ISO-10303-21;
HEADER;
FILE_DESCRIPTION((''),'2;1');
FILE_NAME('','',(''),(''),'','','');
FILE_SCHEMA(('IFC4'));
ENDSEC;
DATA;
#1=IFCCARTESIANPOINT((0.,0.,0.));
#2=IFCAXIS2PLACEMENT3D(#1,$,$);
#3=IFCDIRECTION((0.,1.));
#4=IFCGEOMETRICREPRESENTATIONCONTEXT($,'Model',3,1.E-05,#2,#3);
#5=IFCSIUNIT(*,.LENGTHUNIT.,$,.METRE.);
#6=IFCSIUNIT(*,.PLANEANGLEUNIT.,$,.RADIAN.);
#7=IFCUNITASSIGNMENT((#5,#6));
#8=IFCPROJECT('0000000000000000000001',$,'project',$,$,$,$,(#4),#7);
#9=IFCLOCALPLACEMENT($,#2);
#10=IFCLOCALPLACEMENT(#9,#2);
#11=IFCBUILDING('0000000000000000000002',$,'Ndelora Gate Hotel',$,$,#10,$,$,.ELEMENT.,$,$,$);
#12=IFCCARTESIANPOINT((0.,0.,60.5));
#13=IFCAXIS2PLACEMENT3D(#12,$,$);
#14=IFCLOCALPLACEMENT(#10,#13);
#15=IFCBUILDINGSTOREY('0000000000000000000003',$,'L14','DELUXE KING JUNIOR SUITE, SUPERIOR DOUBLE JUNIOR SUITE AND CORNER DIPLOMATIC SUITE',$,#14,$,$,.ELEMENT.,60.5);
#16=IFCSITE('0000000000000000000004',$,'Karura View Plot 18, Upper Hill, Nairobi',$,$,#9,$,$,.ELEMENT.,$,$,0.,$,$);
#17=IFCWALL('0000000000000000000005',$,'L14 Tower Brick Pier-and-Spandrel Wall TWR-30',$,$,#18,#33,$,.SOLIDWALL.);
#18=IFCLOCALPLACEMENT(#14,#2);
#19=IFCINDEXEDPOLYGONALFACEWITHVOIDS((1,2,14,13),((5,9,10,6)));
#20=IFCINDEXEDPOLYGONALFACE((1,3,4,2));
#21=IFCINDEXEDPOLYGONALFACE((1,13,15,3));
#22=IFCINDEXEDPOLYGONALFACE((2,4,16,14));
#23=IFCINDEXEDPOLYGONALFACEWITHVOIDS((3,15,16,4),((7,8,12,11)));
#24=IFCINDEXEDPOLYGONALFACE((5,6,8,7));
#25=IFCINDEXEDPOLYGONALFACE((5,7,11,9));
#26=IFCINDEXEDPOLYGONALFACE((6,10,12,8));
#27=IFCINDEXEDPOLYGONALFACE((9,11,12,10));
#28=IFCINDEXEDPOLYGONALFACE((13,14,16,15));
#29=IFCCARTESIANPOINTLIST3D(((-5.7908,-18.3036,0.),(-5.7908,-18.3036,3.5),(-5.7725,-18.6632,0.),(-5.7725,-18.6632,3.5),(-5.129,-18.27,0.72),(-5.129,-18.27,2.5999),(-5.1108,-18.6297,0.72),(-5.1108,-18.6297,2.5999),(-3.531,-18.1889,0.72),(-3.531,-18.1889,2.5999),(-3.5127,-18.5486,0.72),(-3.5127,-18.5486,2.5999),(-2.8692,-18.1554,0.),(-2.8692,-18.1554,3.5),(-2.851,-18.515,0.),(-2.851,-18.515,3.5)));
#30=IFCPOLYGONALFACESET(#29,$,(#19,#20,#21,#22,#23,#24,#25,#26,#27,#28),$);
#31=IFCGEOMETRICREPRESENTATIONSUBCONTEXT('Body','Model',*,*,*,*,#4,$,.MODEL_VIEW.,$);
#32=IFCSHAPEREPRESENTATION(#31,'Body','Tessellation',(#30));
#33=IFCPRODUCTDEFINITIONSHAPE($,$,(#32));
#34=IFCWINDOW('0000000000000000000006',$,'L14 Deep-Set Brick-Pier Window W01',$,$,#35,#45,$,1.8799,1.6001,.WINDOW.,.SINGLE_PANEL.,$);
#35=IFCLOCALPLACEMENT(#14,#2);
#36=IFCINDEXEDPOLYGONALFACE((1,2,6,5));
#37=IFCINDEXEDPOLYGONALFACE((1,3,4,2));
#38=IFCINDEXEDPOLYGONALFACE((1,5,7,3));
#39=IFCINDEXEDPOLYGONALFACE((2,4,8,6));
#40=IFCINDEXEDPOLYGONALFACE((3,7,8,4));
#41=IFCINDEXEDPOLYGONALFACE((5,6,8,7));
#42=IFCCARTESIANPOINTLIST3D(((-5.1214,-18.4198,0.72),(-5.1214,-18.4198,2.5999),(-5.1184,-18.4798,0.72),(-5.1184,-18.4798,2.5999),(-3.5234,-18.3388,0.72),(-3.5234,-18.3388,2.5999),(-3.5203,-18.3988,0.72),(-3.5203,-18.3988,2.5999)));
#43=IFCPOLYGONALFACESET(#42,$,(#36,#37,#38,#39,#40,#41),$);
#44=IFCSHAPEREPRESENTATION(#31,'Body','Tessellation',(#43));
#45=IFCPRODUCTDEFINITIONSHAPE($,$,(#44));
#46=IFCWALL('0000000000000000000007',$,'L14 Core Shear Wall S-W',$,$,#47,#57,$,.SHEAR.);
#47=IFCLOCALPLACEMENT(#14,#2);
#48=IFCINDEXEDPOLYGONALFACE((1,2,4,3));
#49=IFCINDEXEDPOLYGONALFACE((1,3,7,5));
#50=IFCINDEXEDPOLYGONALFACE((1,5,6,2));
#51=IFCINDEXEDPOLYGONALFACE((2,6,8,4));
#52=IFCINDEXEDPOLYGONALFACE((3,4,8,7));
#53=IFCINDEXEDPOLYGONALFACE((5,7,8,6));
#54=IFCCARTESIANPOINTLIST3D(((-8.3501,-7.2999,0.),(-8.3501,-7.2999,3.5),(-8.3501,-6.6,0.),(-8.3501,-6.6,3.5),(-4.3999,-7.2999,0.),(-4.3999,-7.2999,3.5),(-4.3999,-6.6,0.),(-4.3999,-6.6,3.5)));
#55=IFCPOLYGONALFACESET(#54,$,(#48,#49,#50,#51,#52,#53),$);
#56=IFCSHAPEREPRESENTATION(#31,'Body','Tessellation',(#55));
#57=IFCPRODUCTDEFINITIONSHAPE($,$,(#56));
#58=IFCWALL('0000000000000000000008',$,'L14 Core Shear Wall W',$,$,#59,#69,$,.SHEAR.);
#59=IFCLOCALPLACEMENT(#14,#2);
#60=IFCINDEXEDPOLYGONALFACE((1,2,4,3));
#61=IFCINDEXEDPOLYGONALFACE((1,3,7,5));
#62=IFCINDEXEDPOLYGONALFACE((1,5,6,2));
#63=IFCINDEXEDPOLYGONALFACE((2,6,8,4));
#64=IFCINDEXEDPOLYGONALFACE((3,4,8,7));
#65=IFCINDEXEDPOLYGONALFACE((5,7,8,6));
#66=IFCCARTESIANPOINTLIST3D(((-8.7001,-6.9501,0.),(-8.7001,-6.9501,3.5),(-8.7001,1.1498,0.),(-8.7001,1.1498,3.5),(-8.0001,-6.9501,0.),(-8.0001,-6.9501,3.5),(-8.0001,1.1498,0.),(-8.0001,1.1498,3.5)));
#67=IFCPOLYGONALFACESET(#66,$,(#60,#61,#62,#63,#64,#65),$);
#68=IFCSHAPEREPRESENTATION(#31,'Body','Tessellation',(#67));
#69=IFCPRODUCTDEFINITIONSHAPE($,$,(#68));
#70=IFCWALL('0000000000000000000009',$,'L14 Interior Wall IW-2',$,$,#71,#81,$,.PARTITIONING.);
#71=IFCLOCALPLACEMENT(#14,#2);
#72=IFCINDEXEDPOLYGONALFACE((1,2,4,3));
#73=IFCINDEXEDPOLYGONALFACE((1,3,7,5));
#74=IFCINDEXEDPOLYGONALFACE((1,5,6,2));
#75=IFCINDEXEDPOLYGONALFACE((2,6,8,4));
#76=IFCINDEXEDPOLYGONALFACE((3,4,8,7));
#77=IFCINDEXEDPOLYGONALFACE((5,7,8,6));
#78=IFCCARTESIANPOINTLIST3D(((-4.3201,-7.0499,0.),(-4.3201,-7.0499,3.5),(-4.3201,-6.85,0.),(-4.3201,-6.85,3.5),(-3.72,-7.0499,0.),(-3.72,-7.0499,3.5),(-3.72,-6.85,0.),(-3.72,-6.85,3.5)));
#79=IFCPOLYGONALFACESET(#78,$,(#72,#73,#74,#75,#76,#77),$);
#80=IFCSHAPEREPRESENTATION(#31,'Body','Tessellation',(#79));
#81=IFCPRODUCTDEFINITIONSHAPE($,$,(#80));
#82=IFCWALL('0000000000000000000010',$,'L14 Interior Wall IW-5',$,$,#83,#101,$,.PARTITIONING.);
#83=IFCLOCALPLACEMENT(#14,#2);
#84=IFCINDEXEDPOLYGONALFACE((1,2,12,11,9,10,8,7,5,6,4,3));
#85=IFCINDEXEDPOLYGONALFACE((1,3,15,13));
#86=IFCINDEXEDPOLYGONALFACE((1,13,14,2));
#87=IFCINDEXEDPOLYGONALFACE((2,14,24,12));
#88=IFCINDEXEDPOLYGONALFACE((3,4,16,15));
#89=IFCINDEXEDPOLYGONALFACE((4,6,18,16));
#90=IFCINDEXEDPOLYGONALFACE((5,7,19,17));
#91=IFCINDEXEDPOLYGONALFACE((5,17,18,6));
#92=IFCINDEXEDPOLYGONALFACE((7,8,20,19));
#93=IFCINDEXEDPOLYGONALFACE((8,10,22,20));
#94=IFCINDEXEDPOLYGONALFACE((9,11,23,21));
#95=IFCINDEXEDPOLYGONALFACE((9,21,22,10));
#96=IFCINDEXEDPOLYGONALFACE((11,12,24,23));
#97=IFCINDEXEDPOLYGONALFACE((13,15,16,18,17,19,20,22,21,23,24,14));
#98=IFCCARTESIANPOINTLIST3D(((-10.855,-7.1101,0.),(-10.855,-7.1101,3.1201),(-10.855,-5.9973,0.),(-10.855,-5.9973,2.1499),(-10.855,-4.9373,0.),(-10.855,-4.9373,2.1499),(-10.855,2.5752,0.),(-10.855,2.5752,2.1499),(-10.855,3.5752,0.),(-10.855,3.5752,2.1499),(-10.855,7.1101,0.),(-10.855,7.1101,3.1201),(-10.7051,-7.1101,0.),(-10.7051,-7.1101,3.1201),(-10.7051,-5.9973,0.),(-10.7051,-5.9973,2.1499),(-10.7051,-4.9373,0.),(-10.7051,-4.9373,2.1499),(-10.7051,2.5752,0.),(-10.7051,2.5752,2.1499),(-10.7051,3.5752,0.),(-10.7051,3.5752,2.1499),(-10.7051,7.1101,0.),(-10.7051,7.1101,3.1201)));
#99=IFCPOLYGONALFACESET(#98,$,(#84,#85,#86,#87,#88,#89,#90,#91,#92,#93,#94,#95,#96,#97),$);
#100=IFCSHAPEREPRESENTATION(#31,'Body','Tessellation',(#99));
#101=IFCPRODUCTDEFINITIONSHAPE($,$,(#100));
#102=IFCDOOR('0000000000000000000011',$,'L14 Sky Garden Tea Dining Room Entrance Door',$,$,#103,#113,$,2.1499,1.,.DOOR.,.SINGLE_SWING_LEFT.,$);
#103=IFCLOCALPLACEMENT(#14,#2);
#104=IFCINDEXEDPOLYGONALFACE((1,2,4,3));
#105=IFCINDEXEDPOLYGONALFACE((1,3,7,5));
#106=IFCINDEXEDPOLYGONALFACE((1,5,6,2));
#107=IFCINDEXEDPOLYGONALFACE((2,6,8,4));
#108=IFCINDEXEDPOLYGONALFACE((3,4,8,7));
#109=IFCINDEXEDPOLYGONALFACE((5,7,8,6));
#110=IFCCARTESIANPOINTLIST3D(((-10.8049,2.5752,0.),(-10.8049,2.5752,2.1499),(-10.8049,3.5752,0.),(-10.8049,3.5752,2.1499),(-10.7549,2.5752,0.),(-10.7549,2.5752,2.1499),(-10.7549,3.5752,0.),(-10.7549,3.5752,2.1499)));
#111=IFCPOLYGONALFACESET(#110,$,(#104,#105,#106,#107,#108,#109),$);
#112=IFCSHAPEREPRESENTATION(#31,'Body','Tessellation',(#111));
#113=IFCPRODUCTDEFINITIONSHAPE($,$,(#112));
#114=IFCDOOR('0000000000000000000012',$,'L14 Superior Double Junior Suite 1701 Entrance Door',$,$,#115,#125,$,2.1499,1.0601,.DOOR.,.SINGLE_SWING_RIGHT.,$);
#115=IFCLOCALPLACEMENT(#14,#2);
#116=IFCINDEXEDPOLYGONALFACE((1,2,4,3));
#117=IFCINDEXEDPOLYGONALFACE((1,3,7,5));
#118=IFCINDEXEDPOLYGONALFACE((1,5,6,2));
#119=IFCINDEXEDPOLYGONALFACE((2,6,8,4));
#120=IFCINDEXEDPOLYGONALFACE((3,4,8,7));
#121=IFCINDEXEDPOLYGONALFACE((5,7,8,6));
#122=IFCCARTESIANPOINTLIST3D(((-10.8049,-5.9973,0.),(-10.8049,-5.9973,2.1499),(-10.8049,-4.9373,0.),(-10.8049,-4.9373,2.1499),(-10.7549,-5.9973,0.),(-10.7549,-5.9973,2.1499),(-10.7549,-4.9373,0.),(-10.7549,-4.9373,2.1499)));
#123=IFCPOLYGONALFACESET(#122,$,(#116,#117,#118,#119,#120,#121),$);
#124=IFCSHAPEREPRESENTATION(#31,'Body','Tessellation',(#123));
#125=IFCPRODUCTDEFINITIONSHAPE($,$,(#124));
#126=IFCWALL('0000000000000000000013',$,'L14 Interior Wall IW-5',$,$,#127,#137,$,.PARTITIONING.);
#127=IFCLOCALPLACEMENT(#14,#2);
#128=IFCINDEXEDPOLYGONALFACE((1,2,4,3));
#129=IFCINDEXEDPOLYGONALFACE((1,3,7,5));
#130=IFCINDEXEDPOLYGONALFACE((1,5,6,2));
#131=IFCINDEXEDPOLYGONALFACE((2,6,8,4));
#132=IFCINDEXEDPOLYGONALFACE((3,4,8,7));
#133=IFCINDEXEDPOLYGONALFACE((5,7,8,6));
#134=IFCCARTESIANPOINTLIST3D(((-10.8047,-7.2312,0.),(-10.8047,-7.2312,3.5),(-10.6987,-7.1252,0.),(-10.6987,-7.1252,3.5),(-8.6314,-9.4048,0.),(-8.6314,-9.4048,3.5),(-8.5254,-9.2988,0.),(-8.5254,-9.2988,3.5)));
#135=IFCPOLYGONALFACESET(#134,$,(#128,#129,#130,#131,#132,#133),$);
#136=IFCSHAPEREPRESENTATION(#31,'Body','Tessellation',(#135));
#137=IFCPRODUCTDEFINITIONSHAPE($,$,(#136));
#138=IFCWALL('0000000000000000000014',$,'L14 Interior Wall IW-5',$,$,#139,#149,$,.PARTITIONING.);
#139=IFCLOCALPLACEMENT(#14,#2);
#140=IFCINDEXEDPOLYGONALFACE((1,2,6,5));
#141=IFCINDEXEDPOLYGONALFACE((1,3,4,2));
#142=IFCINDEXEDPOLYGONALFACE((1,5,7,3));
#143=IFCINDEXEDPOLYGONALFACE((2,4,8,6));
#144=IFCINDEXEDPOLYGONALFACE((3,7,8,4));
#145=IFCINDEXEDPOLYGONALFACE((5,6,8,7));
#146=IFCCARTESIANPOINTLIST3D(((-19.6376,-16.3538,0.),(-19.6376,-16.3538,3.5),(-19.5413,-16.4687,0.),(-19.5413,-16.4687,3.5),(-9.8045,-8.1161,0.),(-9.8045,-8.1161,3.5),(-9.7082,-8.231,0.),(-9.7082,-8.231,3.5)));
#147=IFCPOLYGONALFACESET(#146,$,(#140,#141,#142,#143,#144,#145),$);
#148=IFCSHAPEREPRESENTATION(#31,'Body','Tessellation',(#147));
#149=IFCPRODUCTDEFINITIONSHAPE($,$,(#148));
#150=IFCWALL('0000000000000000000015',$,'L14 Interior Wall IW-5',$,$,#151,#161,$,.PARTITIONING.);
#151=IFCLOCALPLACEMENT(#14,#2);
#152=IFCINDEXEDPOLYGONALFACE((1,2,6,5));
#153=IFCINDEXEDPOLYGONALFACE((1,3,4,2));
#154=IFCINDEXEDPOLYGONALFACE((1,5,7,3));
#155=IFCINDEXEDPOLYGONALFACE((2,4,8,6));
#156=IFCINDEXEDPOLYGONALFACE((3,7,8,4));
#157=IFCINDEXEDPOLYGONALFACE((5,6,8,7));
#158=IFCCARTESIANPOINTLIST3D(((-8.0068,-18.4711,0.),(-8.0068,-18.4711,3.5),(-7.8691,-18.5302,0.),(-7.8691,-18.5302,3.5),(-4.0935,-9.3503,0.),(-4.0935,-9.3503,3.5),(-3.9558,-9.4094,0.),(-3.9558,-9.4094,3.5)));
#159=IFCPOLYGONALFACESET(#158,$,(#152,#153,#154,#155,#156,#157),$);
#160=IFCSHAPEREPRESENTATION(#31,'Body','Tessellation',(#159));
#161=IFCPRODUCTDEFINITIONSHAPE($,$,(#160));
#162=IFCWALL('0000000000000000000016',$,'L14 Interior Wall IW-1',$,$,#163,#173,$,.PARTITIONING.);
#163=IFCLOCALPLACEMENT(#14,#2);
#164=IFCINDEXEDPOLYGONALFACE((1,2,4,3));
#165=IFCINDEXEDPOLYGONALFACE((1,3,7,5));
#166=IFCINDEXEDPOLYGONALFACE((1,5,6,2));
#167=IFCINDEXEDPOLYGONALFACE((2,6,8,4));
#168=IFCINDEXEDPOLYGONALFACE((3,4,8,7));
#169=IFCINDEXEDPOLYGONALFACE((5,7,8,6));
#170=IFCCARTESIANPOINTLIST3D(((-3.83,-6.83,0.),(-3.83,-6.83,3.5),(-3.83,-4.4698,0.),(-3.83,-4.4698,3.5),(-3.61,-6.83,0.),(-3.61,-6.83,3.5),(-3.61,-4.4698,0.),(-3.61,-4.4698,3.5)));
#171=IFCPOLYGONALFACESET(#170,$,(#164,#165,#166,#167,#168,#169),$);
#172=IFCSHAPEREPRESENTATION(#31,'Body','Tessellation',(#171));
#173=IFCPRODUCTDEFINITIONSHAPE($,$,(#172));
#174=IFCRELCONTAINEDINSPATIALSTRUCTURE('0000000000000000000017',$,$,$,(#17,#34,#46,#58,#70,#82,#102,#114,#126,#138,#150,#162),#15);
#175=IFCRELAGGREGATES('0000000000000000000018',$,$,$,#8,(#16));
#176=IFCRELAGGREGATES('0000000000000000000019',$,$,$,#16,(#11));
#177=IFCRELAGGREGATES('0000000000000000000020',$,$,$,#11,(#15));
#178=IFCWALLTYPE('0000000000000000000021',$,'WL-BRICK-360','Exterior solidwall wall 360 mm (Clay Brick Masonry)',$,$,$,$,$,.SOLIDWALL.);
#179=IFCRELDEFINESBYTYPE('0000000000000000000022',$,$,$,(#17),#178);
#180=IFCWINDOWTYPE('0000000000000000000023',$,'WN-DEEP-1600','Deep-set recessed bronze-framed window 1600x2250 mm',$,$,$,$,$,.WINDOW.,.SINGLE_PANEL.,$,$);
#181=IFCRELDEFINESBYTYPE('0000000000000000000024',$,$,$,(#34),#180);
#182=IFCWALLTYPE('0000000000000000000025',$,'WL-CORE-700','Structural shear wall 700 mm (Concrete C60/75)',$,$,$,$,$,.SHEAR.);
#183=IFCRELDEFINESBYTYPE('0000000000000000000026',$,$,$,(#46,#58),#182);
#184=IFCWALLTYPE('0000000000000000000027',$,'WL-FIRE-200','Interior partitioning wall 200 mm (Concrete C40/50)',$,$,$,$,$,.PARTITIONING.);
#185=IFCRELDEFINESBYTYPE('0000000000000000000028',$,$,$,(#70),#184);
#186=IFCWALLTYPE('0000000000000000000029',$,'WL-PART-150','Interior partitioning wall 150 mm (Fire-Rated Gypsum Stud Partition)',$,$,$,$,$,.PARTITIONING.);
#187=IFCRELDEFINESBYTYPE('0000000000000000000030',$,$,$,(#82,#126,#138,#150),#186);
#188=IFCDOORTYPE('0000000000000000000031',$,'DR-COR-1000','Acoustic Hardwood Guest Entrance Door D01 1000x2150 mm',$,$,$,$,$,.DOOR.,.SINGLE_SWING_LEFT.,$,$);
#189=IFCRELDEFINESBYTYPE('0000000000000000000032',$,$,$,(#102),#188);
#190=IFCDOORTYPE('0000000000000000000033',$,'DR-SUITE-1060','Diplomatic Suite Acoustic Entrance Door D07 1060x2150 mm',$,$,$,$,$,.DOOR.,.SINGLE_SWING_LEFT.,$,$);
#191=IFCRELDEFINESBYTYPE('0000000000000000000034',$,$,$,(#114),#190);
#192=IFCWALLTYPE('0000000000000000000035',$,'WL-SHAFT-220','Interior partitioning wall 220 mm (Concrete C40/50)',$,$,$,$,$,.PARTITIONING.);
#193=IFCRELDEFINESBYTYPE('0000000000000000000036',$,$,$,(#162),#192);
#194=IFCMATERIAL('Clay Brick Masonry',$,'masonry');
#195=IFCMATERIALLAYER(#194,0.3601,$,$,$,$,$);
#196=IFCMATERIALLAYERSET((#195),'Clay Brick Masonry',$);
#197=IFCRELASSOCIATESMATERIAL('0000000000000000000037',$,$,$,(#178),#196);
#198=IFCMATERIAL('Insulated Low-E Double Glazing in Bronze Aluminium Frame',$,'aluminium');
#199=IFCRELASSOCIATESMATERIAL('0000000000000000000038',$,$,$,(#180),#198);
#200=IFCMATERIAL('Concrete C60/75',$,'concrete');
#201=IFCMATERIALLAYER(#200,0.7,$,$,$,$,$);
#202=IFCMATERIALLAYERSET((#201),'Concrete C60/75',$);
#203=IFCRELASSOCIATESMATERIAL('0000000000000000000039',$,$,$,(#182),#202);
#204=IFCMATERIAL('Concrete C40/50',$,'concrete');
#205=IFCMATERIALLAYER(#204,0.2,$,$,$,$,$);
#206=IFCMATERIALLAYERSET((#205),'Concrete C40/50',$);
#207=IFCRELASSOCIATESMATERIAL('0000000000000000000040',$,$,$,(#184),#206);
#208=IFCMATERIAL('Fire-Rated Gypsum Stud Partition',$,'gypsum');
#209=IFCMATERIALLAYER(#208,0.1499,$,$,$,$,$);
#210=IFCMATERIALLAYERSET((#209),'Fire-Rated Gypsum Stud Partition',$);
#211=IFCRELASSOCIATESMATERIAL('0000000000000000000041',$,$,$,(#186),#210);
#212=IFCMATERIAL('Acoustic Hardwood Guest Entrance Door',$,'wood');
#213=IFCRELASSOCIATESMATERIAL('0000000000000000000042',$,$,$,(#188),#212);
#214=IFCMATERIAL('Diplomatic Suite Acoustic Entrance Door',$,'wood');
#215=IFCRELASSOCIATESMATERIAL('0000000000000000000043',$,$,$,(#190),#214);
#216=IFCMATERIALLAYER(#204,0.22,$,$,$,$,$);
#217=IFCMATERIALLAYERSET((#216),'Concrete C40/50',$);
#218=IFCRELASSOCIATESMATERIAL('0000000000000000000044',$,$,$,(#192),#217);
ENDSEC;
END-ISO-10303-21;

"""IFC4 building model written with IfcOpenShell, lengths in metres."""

from ifc_helpers import new_model, si_unit, direction, frame, frame_2d, origin, place, context, subcontext, project, spatial, rectangle, extrude, material, layer, layer_set, type_object, element, fill, save


model = new_model("IFC4")

# Units and contexts
model_context = context("Model", 3, precision=1e-05, world=origin(), true_north=direction((0.0, 1.0)))
body_context = subcontext(model_context, "Body", "Model", "MODEL_VIEW")
ifc_project = project(units=[si_unit("LENGTHUNIT", "METRE"), si_unit("PLANEANGLEUNIT", "RADIAN")], contexts=[model_context])

# Site, building, storey
site_placement = place(None, origin())
site = spatial("IfcSite", under=ifc_project, at=site_placement, Name="Karura View Plot 18, Upper Hill, Nairobi", CompositionType="ELEMENT", RefElevation=0.0)
building_placement = place(site_placement, origin())
building = spatial("IfcBuilding", under=site, at=building_placement, Name="Ndelora Gate Hotel", CompositionType="ELEMENT")
storey_placement = place(building_placement, frame((0.0, 0.0, 60.5)))
storey = spatial("IfcBuildingStorey", under=building, at=storey_placement, Name="L14", Description="DELUXE KING JUNIOR SUITE, SUPERIOR DOUBLE JUNIOR SUITE AND CORNER DIPLOMATIC SUITE", CompositionType="ELEMENT", Elevation=60.5)

# Shared definitions
ifc_material_1 = material(Name="Concrete C60/75", Category="concrete")

# Wall, opening, window
ifc_material_2 = material(Name="Clay Brick Masonry", Category="masonry")
ifc_layer_1 = layer(ifc_material_2, 0.3601)
ifc_layer_set_1 = layer_set([ifc_layer_1], Name="Clay Brick Masonry")
wall_type_1 = type_object("IfcWallType", Name="WL-BRICK-360", Description="Exterior solidwall wall 360 mm (Clay Brick Masonry)", PredefinedType="SOLIDWALL", material=ifc_layer_set_1)
ifc_material_3 = material(Name="Insulated Low-E Double Glazing in Bronze Aluminium Frame", Category="aluminium")
window_type_1 = type_object("IfcWindowType", Name="WN-DEEP-1600", Description="Deep-set recessed bronze-framed window 1600x2250 mm", PartitioningType="SINGLE_PANEL", PredefinedType="WINDOW", material=ifc_material_3)
wall_1_placement = place(storey_placement, frame((-2.8601, -18.3352, 0.0), z_axis=(0.0, 0.0, 1.0), x_axis=(-0.998716, -0.050658, 0.0)))
wall_1 = element("IfcWall", 1, at=wall_1_placement, inside=storey, type_object=wall_type_1, Name="L14 Tower Brick Pier-and-Spandrel Wall TWR-30", PredefinedType="SOLIDWALL", context=body_context, shape_type="SweptSolid", body=[
    extrude(rectangle(XDim=2.9253, YDim=0.3601, at=frame_2d((1.4626, 0.0))), origin(), (0.0, 0.0, 1.0), 3.5),
])
opening_1_placement = place(wall_1_placement, frame((0.6626, 0.0, 0.72)))
opening_1 = element("IfcOpeningElement", 2, at=opening_1_placement, cuts=wall_1, PredefinedType="OPENING", context=body_context, shape_type="SweptSolid", body=[
    extrude(rectangle(XDim=1.6001, YDim=1.8799, at=frame_2d((0.8, 0.9399))), frame((0.0, 0.1899, 0.0), z_axis=(0.0, -1.0, 0.0), x_axis=(1.0, 0.0, 0.0)), (0.0, 0.0, 1.0), 0.3801),
])
window_1_placement = place(opening_1_placement, origin())
window_1 = element("IfcWindow", 3, at=window_1_placement, inside=storey, type_object=window_type_1, Name="L14 Deep-Set Brick-Pier Window W01", OverallHeight=1.8799, OverallWidth=1.6001, PartitioningType="SINGLE_PANEL", PredefinedType="WINDOW", context=body_context, shape_type="SweptSolid", body=[
    extrude(rectangle(XDim=1.6001, YDim=1.8799, at=frame_2d((0.8, 0.9399))), frame((0.0, 0.03, 0.0), z_axis=(0.0, -1.0, 0.0), x_axis=(1.0, 0.0, 0.0)), (0.0, 0.0, 1.0), 0.0601),
])
fill(opening_1, window_1)

# Walls
ifc_layer_2 = layer(ifc_material_1, 0.7)
ifc_layer_set_2 = layer_set([ifc_layer_2], Name="Concrete C60/75")
wall_type_2 = type_object("IfcWallType", Name="WL-CORE-700", Description="Structural shear wall 700 mm (Concrete C60/75)", PredefinedType="SHEAR", material=ifc_layer_set_2)
wall_2_placement = place(storey_placement, frame((-8.3501, -6.95, 0.0), z_axis=(0.0, 0.0, 1.0), x_axis=(1.0, 0.0, 0.0)))
element("IfcWall", 4, at=wall_2_placement, inside=storey, type_object=wall_type_2, Name="L14 Core Shear Wall S-W", PredefinedType="SHEAR", context=body_context, shape_type="SweptSolid", body=[
    extrude(rectangle(XDim=3.9502, YDim=0.7, at=frame_2d((1.9751, 0.0))), origin(), (0.0, 0.0, 1.0), 3.5),
])
wall_3_placement = place(storey_placement, frame((-8.3501, -6.95, 0.0), z_axis=(0.0, 0.0, 1.0), x_axis=(0.0, 1.0, 0.0)))
element("IfcWall", 5, at=wall_3_placement, inside=storey, type_object=wall_type_2, Name="L14 Core Shear Wall W", PredefinedType="SHEAR", context=body_context, shape_type="SweptSolid", body=[
    extrude(rectangle(XDim=8.0999, YDim=0.7, at=frame_2d((4.0498, 0.0))), origin(), (0.0, 0.0, 1.0), 3.5),
])
ifc_material_4 = material(Name="Concrete C40/50", Category="concrete")
ifc_layer_3 = layer(ifc_material_4, 0.2)
ifc_layer_set_3 = layer_set([ifc_layer_3], Name="Concrete C40/50")
wall_type_3 = type_object("IfcWallType", Name="WL-FIRE-200", Description="Interior partitioning wall 200 mm (Concrete C40/50)", PredefinedType="PARTITIONING", material=ifc_layer_set_3)
wall_4_placement = place(storey_placement, frame((-4.3201, -6.95, 0.0), z_axis=(0.0, 0.0, 1.0), x_axis=(1.0, 0.0, 0.0)))
element("IfcWall", 6, at=wall_4_placement, inside=storey, type_object=wall_type_3, Name="L14 Interior Wall IW-2", PredefinedType="PARTITIONING", context=body_context, shape_type="SweptSolid", body=[
    extrude(rectangle(XDim=0.6001, YDim=0.2, at=frame_2d((0.3, 0.0))), origin(), (0.0, 0.0, 1.0), 3.5),
])

# Wall, openings, doors
ifc_material_5 = material(Name="Fire-Rated Gypsum Stud Partition", Category="gypsum")
ifc_layer_4 = layer(ifc_material_5, 0.1499)
ifc_layer_set_4 = layer_set([ifc_layer_4], Name="Fire-Rated Gypsum Stud Partition")
wall_type_4 = type_object("IfcWallType", Name="WL-PART-150", Description="Interior partitioning wall 150 mm (Fire-Rated Gypsum Stud Partition)", PredefinedType="PARTITIONING", material=ifc_layer_set_4)
wall_5_placement = place(storey_placement, frame((-10.78, -7.1101, 0.0), z_axis=(0.0, 0.0, 1.0), x_axis=(0.0, 1.0, 0.0)))
wall_5 = element("IfcWall", 7, at=wall_5_placement, inside=storey, type_object=wall_type_4, Name="L14 Interior Wall IW-5", PredefinedType="PARTITIONING", context=body_context, shape_type="SweptSolid", body=[
    extrude(rectangle(XDim=14.2202, YDim=0.1499, at=frame_2d((7.1101, 0.0))), origin(), (0.0, 0.0, 1.0), 3.1201),
])
opening_2_placement = place(wall_5_placement, frame((9.6853, 0.0, 0.0)))
opening_2 = element("IfcOpeningElement", 8, at=opening_2_placement, cuts=wall_5, PredefinedType="OPENING", context=body_context, shape_type="SweptSolid", body=[
    extrude(rectangle(XDim=1.0, YDim=2.1499, at=frame_2d((0.5, 1.075))), frame((0.0, 0.085, 0.0), z_axis=(0.0, -1.0, 0.0), x_axis=(1.0, 0.0, 0.0)), (0.0, 0.0, 1.0), 0.1699),
])
opening_3_placement = place(wall_5_placement, frame((1.1128, 0.0, 0.0)))
opening_3 = element("IfcOpeningElement", 9, at=opening_3_placement, cuts=wall_5, PredefinedType="OPENING", context=body_context, shape_type="SweptSolid", body=[
    extrude(rectangle(XDim=1.0601, YDim=2.1499, at=frame_2d((0.53, 1.075))), frame((0.0, 0.085, 0.0), z_axis=(0.0, -1.0, 0.0), x_axis=(1.0, 0.0, 0.0)), (0.0, 0.0, 1.0), 0.1699),
])
ifc_material_6 = material(Name="Acoustic Hardwood Guest Entrance Door", Category="wood")
door_type_1 = type_object("IfcDoorType", Name="DR-COR-1000", Description="Acoustic Hardwood Guest Entrance Door D01 1000x2150 mm", OperationType="SINGLE_SWING_LEFT", PredefinedType="DOOR", material=ifc_material_6)
door_1_placement = place(opening_2_placement, origin())
door_1 = element("IfcDoor", 10, at=door_1_placement, inside=storey, type_object=door_type_1, Name="L14 Sky Garden Tea Dining Room Entrance Door", OperationType="SINGLE_SWING_LEFT", OverallHeight=2.1499, OverallWidth=1.0, PredefinedType="DOOR", context=body_context, shape_type="SweptSolid", body=[
    extrude(rectangle(XDim=1.0, YDim=2.1499, at=frame_2d((0.5, 1.075))), frame((0.0, 0.0249, 0.0), z_axis=(0.0, -1.0, 0.0), x_axis=(1.0, 0.0, 0.0)), (0.0, 0.0, 1.0), 0.05),
])
fill(opening_2, door_1)
ifc_material_7 = material(Name="Diplomatic Suite Acoustic Entrance Door", Category="wood")
door_type_2 = type_object("IfcDoorType", Name="DR-SUITE-1060", Description="Diplomatic Suite Acoustic Entrance Door D07 1060x2150 mm", OperationType="SINGLE_SWING_LEFT", PredefinedType="DOOR", material=ifc_material_7)
door_2_placement = place(opening_3_placement, origin())
door_2 = element("IfcDoor", 11, at=door_2_placement, inside=storey, type_object=door_type_2, Name="L14 Superior Double Junior Suite 1701 Entrance Door", OperationType="SINGLE_SWING_RIGHT", OverallHeight=2.1499, OverallWidth=1.0601, PredefinedType="DOOR", context=body_context, shape_type="SweptSolid", body=[
    extrude(rectangle(XDim=1.0601, YDim=2.1499, at=frame_2d((0.53, 1.075))), frame((0.0, 0.0249, 0.0), z_axis=(0.0, -1.0, 0.0), x_axis=(1.0, 0.0, 0.0)), (0.0, 0.0, 1.0), 0.05),
])
fill(opening_3, door_2)

# Walls
wall_6_placement = place(storey_placement, frame((-8.5784, -9.3518, 0.0), z_axis=(0.0, 0.0, 1.0), x_axis=(-0.707067, 0.707146, 0.0)))
element("IfcWall", 12, at=wall_6_placement, inside=storey, type_object=wall_type_4, Name="L14 Interior Wall IW-5", PredefinedType="PARTITIONING", context=body_context, shape_type="SweptSolid", body=[
    extrude(rectangle(XDim=3.0737, YDim=0.1499, at=frame_2d((1.5369, 0.0))), origin(), (0.0, 0.0, 1.0), 3.5),
])
wall_7_placement = place(storey_placement, frame((-9.7563, -8.1736, 0.0), z_axis=(0.0, 0.0, 1.0), x_axis=(-0.766556, -0.642178, 0.0)))
element("IfcWall", 13, at=wall_7_placement, inside=storey, type_object=wall_type_4, Name="L14 Interior Wall IW-5", PredefinedType="PARTITIONING", context=body_context, shape_type="SweptSolid", body=[
    extrude(rectangle(XDim=12.8276, YDim=0.1499, at=frame_2d((6.4138, 0.0))), origin(), (0.0, 0.0, 1.0), 3.5),
])
wall_8_placement = place(storey_placement, frame((-4.0247, -9.3799, 0.0), z_axis=(0.0, 0.0, 1.0), x_axis=(-0.394293, -0.918985, 0.0)))
element("IfcWall", 14, at=wall_8_placement, inside=storey, type_object=wall_type_4, Name="L14 Interior Wall IW-5", PredefinedType="PARTITIONING", context=body_context, shape_type="SweptSolid", body=[
    extrude(rectangle(XDim=9.9248, YDim=0.1499, at=frame_2d((4.9624, 0.0))), origin(), (0.0, 0.0, 1.0), 3.5),
])
ifc_layer_5 = layer(ifc_material_4, 0.22)
ifc_layer_set_5 = layer_set([ifc_layer_5], Name="Concrete C40/50")
wall_type_5 = type_object("IfcWallType", Name="WL-SHAFT-220", Description="Interior partitioning wall 220 mm (Concrete C40/50)", PredefinedType="PARTITIONING", material=ifc_layer_set_5)
wall_9_placement = place(storey_placement, frame((-3.72, -6.8301, 0.0), z_axis=(0.0, 0.0, 1.0), x_axis=(0.0, 1.0, 0.0)))
element("IfcWall", 15, at=wall_9_placement, inside=storey, type_object=wall_type_5, Name="L14 Interior Wall IW-1", PredefinedType="PARTITIONING", context=body_context, shape_type="SweptSolid", body=[
    extrude(rectangle(XDim=2.3601, YDim=0.22, at=frame_2d((1.1802, 0.0))), origin(), (0.0, 0.0, 1.0), 3.5),
])

save(model, "model.ifc")
